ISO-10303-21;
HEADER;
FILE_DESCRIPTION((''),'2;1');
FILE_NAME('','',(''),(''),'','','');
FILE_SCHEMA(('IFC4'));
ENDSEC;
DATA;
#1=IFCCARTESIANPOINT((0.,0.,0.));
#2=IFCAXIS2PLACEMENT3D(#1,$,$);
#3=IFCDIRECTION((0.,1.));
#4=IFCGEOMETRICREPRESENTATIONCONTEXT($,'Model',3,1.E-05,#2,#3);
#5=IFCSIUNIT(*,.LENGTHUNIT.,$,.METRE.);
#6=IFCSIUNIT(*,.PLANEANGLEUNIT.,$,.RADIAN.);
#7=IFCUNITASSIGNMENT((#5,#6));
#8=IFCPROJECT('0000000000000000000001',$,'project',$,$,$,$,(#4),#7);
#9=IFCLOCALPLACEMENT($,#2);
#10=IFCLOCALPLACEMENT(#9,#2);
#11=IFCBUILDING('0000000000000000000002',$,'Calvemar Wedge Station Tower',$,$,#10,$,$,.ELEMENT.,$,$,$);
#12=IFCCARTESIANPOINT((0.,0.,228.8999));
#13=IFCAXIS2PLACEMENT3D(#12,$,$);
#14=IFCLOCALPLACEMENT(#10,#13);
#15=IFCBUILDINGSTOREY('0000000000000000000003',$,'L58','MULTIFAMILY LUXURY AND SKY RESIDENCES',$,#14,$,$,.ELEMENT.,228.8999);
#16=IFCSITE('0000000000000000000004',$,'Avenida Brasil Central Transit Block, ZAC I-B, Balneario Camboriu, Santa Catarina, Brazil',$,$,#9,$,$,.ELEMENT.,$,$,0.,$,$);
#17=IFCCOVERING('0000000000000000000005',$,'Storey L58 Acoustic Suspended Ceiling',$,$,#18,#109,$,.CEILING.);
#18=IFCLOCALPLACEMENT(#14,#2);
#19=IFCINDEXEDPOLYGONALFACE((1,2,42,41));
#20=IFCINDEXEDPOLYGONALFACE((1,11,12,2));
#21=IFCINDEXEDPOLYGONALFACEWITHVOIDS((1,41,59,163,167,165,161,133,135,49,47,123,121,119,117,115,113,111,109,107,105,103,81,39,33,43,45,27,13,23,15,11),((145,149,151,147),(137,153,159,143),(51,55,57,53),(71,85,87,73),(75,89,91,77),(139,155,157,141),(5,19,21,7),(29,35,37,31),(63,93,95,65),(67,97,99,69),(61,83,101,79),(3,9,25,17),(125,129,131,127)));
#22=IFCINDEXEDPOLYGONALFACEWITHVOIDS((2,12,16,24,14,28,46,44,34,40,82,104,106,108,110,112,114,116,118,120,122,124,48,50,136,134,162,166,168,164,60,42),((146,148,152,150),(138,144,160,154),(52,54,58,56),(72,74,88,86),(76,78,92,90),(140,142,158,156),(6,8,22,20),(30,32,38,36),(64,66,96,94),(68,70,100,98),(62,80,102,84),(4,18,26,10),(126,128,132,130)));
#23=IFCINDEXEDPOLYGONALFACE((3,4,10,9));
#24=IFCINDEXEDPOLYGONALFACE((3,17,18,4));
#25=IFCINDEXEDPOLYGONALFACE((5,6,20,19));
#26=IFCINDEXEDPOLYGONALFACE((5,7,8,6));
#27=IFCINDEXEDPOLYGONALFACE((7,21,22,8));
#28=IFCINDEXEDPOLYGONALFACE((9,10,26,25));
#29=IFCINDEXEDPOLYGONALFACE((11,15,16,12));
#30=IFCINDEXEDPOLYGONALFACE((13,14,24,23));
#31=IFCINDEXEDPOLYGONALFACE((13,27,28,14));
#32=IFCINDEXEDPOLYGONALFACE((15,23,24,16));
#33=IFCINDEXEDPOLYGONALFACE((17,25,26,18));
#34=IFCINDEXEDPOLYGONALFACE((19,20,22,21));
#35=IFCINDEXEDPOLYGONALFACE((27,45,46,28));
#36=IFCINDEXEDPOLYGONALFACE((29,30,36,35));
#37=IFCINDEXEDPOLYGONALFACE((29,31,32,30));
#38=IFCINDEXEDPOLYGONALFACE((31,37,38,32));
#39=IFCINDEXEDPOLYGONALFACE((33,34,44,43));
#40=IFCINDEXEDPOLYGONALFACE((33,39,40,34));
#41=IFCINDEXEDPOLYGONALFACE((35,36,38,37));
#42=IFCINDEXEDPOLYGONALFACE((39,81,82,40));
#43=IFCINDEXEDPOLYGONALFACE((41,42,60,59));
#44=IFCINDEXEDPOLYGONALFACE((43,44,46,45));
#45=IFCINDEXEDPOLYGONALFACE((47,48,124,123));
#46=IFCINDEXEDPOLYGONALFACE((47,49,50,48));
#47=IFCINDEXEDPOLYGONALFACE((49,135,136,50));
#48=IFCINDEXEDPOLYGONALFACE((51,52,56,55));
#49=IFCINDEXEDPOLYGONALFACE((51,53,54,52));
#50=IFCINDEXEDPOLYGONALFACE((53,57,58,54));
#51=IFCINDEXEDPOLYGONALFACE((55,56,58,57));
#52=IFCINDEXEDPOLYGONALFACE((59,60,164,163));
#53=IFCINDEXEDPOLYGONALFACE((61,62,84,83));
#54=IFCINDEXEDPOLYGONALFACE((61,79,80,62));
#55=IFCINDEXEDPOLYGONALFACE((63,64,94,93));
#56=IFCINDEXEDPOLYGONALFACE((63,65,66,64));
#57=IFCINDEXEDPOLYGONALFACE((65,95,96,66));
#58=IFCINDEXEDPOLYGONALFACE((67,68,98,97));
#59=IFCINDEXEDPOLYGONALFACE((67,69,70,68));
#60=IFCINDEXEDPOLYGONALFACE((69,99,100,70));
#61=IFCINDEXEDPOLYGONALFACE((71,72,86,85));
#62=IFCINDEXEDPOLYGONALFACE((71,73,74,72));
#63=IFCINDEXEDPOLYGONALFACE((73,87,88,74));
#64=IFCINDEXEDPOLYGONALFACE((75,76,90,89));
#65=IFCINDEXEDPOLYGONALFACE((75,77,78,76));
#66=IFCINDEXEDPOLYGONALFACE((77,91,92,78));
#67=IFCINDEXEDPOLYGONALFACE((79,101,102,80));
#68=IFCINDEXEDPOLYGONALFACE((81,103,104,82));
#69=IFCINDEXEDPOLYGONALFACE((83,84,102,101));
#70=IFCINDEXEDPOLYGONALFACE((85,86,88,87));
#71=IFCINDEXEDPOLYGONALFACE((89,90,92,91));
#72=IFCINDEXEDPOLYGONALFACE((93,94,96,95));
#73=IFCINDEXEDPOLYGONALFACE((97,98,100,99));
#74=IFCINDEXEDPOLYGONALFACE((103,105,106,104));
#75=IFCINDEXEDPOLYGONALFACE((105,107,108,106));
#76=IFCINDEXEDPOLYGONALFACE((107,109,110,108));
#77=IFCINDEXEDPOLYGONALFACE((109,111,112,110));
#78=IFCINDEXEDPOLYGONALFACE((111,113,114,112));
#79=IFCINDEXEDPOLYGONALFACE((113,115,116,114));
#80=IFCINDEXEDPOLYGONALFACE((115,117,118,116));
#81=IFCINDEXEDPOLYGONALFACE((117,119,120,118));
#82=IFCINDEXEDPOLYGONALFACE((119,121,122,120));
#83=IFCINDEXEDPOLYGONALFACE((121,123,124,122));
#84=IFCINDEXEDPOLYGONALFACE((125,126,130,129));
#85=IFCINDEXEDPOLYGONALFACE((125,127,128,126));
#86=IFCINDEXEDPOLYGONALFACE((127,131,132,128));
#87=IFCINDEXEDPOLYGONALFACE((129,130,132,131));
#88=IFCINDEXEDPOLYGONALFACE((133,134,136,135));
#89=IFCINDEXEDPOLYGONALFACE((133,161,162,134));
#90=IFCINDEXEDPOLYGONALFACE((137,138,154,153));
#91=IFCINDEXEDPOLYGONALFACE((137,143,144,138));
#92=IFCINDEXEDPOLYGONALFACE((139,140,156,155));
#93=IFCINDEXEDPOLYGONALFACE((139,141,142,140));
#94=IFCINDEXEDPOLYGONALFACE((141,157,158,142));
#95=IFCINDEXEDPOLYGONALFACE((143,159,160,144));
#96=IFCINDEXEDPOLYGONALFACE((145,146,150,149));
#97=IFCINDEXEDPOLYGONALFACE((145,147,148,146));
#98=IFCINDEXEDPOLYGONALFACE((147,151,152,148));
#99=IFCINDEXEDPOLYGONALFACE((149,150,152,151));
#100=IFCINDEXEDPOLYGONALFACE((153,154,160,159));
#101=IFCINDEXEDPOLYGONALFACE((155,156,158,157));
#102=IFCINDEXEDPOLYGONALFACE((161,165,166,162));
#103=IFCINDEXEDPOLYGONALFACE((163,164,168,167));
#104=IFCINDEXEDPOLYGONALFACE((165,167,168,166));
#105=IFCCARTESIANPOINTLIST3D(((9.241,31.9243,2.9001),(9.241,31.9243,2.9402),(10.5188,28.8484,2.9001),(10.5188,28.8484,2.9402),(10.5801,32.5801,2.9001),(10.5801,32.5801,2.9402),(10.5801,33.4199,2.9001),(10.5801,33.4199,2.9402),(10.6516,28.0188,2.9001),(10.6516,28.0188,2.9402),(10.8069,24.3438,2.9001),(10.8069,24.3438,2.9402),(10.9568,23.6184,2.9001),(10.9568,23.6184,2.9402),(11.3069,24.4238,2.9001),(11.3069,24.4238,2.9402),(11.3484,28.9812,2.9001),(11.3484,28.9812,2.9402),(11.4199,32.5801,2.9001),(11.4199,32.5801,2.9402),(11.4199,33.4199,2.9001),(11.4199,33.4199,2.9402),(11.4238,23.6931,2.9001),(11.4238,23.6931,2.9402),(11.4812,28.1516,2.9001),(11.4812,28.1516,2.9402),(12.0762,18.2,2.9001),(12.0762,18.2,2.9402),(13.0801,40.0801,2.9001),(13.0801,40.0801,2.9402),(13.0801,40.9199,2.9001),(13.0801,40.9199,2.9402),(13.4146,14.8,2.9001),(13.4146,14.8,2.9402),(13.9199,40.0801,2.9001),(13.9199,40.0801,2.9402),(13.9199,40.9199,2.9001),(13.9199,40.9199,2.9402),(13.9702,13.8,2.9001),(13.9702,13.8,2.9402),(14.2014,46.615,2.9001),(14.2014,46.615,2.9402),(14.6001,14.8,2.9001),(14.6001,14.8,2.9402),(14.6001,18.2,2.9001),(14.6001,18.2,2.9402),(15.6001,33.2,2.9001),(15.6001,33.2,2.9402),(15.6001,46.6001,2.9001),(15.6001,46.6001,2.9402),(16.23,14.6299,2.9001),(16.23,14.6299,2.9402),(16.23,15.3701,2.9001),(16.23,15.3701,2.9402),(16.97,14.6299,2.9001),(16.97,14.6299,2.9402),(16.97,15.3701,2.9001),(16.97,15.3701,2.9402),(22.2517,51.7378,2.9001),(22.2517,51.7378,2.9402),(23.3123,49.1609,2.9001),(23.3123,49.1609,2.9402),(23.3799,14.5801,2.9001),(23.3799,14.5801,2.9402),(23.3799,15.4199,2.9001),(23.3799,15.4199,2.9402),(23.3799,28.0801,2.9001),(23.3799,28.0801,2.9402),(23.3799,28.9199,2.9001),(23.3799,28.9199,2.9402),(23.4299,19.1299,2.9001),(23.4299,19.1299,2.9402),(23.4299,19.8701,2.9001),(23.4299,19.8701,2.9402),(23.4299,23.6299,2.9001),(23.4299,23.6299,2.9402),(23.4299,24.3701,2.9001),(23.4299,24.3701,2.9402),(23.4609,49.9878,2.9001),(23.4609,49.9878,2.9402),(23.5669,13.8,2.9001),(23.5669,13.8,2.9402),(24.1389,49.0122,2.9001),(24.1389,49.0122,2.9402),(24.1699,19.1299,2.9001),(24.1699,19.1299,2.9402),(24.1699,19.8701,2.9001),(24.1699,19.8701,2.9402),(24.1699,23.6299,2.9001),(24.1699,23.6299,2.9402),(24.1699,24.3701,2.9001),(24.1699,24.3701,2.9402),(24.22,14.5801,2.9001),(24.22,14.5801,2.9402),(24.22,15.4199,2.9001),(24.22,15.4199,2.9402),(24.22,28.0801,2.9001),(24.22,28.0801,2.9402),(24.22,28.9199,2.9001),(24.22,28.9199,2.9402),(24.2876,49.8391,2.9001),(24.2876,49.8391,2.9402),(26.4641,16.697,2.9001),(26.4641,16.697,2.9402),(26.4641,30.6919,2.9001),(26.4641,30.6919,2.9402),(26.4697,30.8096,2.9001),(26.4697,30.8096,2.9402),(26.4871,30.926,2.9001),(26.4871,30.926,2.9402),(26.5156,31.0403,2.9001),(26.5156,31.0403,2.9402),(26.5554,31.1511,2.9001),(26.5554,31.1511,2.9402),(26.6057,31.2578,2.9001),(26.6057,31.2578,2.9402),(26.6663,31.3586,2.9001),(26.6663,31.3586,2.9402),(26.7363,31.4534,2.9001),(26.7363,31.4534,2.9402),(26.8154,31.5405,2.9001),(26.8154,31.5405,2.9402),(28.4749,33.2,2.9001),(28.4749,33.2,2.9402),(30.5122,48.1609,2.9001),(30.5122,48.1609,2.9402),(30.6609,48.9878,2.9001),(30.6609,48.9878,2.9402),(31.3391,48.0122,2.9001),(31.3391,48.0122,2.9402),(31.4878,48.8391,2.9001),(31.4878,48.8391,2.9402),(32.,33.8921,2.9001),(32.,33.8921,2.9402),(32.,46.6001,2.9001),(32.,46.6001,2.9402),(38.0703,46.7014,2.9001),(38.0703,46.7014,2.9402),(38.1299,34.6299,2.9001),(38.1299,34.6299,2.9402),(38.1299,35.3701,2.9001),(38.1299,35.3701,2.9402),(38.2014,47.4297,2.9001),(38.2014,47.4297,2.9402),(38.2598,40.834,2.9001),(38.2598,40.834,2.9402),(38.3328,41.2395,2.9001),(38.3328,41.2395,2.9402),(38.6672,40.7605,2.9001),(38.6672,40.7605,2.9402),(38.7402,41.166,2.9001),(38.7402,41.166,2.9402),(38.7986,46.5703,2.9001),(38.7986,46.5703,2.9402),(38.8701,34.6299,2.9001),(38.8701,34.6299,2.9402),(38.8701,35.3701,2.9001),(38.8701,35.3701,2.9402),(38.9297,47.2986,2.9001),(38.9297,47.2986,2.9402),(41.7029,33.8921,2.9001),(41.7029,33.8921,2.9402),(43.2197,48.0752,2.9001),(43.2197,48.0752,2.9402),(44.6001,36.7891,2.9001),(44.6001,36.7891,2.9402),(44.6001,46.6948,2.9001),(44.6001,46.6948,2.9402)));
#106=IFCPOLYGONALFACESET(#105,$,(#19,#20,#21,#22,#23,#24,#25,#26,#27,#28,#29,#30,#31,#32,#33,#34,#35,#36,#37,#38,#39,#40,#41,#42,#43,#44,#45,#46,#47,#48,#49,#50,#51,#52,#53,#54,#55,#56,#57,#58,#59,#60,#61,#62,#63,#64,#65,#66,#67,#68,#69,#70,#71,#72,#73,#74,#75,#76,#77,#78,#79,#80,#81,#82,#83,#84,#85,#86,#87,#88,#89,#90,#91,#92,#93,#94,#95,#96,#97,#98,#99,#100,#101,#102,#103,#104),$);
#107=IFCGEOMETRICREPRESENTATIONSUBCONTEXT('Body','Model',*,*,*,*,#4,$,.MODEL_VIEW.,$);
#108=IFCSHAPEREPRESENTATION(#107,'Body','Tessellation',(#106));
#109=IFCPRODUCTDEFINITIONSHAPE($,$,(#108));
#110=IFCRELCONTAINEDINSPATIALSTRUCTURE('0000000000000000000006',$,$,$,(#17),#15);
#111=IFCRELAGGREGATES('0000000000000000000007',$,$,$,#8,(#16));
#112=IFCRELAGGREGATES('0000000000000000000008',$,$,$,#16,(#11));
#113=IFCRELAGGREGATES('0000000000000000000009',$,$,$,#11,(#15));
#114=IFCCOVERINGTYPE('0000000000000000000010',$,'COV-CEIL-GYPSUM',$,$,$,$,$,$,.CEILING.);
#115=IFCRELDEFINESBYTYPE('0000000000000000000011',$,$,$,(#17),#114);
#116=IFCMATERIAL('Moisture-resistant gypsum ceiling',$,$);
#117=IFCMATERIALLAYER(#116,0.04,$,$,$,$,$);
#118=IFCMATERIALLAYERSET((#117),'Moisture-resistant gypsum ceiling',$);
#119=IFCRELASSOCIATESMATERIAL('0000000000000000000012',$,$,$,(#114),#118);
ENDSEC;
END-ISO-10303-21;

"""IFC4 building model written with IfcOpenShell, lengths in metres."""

from ifc_helpers import new_model, si_unit, direction, frame, origin, place, context, subcontext, project, spatial, polyline, outline, extrude, material, layer, layer_set, type_object, element, save


model = new_model("IFC4")

# Units and contexts
model_context = context("Model", 3, precision=1e-05, world=origin(), true_north=direction((0.0, 1.0)))
body_context = subcontext(model_context, "Body", "Model", "MODEL_VIEW")
ifc_project = project(units=[si_unit("LENGTHUNIT", "METRE"), si_unit("PLANEANGLEUNIT", "RADIAN")], contexts=[model_context])

# Site, building, storey
site_placement = place(None, origin())
site = spatial("IfcSite", under=ifc_project, at=site_placement, Name="Avenida Brasil Central Transit Block, ZAC I-B, Balneario Camboriu, Santa Catarina, Brazil", CompositionType="ELEMENT", RefElevation=0.0)
building_placement = place(site_placement, origin())
building = spatial("IfcBuilding", under=site, at=building_placement, Name="Calvemar Wedge Station Tower", CompositionType="ELEMENT")
storey_placement = place(building_placement, frame((0.0, 0.0, 228.8999)))
storey = spatial("IfcBuildingStorey", under=building, at=storey_placement, Name="L58", Description="MULTIFAMILY LUXURY AND SKY RESIDENCES", CompositionType="ELEMENT", Elevation=228.8999)

# Covering
ifc_material_1 = material(Name="Moisture-resistant gypsum ceiling")
ifc_layer_1 = layer(ifc_material_1, 0.04)
ifc_layer_set_1 = layer_set([ifc_layer_1], Name="Moisture-resistant gypsum ceiling")
covering_type_1 = type_object("IfcCoveringType", Name="COV-CEIL-GYPSUM", PredefinedType="CEILING", material=ifc_layer_set_1)
covering_1_placement = place(storey_placement, frame((0.0, 0.0, 2.9001)))
element("IfcCovering", 1, at=covering_1_placement, inside=storey, type_object=covering_type_1, Name="Storey L58 Acoustic Suspended Ceiling", PredefinedType="CEILING", context=body_context, shape_type="SweptSolid", body=[
    extrude(outline(polyline([(26.6663, 31.3586), (26.7363, 31.4534), (26.8154, 31.5405), (28.4749, 33.2), (15.6001, 33.2), (15.6001, 46.6001), (32.0, 46.6001), (32.0, 33.8921), (41.7029, 33.8921), (44.6001, 36.7891), (44.6001, 46.6948), (43.2197, 48.0752), (22.2517, 51.7378), (14.2014, 46.615), (9.241, 31.9243), (10.8069, 24.3438), (11.3069, 24.4238), (11.4238, 23.6931), (10.9568, 23.6184), (12.0762, 18.2), (14.6001, 18.2), (14.6001, 14.8), (13.4146, 14.8), (13.9702, 13.8), (23.5669, 13.8), (26.4641, 16.697), (26.4641, 30.6919), (26.4697, 30.8096), (26.4871, 30.926), (26.5156, 31.0403), (26.5554, 31.1511), (26.6057, 31.2578), (26.6663, 31.3586)]), holes=[polyline([(11.4199, 33.4199), (11.4199, 32.5801), (10.5801, 32.5801), (10.5801, 33.4199), (11.4199, 33.4199)]), polyline([(13.9199, 40.0801), (13.0801, 40.0801), (13.0801, 40.9199), (13.9199, 40.9199), (13.9199, 40.0801)]), polyline([(23.3123, 49.1609), (23.4609, 49.9878), (24.2876, 49.8391), (24.1389, 49.0122), (23.3123, 49.1609)]), polyline([(30.6609, 48.9878), (31.4878, 48.8391), (31.3391, 48.0122), (30.5122, 48.1609), (30.6609, 48.9878)]), polyline([(38.9297, 47.2986), (38.7986, 46.5703), (38.0703, 46.7014), (38.2014, 47.4297), (38.9297, 47.2986)]), polyline([(38.8701, 34.6299), (38.1299, 34.6299), (38.1299, 35.3701), (38.8701, 35.3701), (38.8701, 34.6299)]), polyline([(38.2598, 40.834), (38.3328, 41.2395), (38.7402, 41.166), (38.6672, 40.7605), (38.2598, 40.834)]), polyline([(11.3484, 28.9812), (11.4812, 28.1516), (10.6516, 28.0188), (10.5188, 28.8484), (11.3484, 28.9812)]), polyline([(24.22, 28.0801), (23.3799, 28.0801), (23.3799, 28.9199), (24.22, 28.9199), (24.22, 28.0801)]), polyline([(23.4299, 23.6299), (23.4299, 24.3701), (24.1699, 24.3701), (24.1699, 23.6299), (23.4299, 23.6299)]), polyline([(23.4299, 19.8701), (24.1699, 19.8701), (24.1699, 19.1299), (23.4299, 19.1299), (23.4299, 19.8701)]), polyline([(24.22, 15.4199), (24.22, 14.5801), (23.3799, 14.5801), (23.3799, 15.4199), (24.22, 15.4199)]), polyline([(16.97, 14.6299), (16.23, 14.6299), (16.23, 15.3701), (16.97, 15.3701), (16.97, 14.6299)])]), origin(), (0.0, 0.0, 1.0), 0.04),
])

save(model, "model.ifc")
